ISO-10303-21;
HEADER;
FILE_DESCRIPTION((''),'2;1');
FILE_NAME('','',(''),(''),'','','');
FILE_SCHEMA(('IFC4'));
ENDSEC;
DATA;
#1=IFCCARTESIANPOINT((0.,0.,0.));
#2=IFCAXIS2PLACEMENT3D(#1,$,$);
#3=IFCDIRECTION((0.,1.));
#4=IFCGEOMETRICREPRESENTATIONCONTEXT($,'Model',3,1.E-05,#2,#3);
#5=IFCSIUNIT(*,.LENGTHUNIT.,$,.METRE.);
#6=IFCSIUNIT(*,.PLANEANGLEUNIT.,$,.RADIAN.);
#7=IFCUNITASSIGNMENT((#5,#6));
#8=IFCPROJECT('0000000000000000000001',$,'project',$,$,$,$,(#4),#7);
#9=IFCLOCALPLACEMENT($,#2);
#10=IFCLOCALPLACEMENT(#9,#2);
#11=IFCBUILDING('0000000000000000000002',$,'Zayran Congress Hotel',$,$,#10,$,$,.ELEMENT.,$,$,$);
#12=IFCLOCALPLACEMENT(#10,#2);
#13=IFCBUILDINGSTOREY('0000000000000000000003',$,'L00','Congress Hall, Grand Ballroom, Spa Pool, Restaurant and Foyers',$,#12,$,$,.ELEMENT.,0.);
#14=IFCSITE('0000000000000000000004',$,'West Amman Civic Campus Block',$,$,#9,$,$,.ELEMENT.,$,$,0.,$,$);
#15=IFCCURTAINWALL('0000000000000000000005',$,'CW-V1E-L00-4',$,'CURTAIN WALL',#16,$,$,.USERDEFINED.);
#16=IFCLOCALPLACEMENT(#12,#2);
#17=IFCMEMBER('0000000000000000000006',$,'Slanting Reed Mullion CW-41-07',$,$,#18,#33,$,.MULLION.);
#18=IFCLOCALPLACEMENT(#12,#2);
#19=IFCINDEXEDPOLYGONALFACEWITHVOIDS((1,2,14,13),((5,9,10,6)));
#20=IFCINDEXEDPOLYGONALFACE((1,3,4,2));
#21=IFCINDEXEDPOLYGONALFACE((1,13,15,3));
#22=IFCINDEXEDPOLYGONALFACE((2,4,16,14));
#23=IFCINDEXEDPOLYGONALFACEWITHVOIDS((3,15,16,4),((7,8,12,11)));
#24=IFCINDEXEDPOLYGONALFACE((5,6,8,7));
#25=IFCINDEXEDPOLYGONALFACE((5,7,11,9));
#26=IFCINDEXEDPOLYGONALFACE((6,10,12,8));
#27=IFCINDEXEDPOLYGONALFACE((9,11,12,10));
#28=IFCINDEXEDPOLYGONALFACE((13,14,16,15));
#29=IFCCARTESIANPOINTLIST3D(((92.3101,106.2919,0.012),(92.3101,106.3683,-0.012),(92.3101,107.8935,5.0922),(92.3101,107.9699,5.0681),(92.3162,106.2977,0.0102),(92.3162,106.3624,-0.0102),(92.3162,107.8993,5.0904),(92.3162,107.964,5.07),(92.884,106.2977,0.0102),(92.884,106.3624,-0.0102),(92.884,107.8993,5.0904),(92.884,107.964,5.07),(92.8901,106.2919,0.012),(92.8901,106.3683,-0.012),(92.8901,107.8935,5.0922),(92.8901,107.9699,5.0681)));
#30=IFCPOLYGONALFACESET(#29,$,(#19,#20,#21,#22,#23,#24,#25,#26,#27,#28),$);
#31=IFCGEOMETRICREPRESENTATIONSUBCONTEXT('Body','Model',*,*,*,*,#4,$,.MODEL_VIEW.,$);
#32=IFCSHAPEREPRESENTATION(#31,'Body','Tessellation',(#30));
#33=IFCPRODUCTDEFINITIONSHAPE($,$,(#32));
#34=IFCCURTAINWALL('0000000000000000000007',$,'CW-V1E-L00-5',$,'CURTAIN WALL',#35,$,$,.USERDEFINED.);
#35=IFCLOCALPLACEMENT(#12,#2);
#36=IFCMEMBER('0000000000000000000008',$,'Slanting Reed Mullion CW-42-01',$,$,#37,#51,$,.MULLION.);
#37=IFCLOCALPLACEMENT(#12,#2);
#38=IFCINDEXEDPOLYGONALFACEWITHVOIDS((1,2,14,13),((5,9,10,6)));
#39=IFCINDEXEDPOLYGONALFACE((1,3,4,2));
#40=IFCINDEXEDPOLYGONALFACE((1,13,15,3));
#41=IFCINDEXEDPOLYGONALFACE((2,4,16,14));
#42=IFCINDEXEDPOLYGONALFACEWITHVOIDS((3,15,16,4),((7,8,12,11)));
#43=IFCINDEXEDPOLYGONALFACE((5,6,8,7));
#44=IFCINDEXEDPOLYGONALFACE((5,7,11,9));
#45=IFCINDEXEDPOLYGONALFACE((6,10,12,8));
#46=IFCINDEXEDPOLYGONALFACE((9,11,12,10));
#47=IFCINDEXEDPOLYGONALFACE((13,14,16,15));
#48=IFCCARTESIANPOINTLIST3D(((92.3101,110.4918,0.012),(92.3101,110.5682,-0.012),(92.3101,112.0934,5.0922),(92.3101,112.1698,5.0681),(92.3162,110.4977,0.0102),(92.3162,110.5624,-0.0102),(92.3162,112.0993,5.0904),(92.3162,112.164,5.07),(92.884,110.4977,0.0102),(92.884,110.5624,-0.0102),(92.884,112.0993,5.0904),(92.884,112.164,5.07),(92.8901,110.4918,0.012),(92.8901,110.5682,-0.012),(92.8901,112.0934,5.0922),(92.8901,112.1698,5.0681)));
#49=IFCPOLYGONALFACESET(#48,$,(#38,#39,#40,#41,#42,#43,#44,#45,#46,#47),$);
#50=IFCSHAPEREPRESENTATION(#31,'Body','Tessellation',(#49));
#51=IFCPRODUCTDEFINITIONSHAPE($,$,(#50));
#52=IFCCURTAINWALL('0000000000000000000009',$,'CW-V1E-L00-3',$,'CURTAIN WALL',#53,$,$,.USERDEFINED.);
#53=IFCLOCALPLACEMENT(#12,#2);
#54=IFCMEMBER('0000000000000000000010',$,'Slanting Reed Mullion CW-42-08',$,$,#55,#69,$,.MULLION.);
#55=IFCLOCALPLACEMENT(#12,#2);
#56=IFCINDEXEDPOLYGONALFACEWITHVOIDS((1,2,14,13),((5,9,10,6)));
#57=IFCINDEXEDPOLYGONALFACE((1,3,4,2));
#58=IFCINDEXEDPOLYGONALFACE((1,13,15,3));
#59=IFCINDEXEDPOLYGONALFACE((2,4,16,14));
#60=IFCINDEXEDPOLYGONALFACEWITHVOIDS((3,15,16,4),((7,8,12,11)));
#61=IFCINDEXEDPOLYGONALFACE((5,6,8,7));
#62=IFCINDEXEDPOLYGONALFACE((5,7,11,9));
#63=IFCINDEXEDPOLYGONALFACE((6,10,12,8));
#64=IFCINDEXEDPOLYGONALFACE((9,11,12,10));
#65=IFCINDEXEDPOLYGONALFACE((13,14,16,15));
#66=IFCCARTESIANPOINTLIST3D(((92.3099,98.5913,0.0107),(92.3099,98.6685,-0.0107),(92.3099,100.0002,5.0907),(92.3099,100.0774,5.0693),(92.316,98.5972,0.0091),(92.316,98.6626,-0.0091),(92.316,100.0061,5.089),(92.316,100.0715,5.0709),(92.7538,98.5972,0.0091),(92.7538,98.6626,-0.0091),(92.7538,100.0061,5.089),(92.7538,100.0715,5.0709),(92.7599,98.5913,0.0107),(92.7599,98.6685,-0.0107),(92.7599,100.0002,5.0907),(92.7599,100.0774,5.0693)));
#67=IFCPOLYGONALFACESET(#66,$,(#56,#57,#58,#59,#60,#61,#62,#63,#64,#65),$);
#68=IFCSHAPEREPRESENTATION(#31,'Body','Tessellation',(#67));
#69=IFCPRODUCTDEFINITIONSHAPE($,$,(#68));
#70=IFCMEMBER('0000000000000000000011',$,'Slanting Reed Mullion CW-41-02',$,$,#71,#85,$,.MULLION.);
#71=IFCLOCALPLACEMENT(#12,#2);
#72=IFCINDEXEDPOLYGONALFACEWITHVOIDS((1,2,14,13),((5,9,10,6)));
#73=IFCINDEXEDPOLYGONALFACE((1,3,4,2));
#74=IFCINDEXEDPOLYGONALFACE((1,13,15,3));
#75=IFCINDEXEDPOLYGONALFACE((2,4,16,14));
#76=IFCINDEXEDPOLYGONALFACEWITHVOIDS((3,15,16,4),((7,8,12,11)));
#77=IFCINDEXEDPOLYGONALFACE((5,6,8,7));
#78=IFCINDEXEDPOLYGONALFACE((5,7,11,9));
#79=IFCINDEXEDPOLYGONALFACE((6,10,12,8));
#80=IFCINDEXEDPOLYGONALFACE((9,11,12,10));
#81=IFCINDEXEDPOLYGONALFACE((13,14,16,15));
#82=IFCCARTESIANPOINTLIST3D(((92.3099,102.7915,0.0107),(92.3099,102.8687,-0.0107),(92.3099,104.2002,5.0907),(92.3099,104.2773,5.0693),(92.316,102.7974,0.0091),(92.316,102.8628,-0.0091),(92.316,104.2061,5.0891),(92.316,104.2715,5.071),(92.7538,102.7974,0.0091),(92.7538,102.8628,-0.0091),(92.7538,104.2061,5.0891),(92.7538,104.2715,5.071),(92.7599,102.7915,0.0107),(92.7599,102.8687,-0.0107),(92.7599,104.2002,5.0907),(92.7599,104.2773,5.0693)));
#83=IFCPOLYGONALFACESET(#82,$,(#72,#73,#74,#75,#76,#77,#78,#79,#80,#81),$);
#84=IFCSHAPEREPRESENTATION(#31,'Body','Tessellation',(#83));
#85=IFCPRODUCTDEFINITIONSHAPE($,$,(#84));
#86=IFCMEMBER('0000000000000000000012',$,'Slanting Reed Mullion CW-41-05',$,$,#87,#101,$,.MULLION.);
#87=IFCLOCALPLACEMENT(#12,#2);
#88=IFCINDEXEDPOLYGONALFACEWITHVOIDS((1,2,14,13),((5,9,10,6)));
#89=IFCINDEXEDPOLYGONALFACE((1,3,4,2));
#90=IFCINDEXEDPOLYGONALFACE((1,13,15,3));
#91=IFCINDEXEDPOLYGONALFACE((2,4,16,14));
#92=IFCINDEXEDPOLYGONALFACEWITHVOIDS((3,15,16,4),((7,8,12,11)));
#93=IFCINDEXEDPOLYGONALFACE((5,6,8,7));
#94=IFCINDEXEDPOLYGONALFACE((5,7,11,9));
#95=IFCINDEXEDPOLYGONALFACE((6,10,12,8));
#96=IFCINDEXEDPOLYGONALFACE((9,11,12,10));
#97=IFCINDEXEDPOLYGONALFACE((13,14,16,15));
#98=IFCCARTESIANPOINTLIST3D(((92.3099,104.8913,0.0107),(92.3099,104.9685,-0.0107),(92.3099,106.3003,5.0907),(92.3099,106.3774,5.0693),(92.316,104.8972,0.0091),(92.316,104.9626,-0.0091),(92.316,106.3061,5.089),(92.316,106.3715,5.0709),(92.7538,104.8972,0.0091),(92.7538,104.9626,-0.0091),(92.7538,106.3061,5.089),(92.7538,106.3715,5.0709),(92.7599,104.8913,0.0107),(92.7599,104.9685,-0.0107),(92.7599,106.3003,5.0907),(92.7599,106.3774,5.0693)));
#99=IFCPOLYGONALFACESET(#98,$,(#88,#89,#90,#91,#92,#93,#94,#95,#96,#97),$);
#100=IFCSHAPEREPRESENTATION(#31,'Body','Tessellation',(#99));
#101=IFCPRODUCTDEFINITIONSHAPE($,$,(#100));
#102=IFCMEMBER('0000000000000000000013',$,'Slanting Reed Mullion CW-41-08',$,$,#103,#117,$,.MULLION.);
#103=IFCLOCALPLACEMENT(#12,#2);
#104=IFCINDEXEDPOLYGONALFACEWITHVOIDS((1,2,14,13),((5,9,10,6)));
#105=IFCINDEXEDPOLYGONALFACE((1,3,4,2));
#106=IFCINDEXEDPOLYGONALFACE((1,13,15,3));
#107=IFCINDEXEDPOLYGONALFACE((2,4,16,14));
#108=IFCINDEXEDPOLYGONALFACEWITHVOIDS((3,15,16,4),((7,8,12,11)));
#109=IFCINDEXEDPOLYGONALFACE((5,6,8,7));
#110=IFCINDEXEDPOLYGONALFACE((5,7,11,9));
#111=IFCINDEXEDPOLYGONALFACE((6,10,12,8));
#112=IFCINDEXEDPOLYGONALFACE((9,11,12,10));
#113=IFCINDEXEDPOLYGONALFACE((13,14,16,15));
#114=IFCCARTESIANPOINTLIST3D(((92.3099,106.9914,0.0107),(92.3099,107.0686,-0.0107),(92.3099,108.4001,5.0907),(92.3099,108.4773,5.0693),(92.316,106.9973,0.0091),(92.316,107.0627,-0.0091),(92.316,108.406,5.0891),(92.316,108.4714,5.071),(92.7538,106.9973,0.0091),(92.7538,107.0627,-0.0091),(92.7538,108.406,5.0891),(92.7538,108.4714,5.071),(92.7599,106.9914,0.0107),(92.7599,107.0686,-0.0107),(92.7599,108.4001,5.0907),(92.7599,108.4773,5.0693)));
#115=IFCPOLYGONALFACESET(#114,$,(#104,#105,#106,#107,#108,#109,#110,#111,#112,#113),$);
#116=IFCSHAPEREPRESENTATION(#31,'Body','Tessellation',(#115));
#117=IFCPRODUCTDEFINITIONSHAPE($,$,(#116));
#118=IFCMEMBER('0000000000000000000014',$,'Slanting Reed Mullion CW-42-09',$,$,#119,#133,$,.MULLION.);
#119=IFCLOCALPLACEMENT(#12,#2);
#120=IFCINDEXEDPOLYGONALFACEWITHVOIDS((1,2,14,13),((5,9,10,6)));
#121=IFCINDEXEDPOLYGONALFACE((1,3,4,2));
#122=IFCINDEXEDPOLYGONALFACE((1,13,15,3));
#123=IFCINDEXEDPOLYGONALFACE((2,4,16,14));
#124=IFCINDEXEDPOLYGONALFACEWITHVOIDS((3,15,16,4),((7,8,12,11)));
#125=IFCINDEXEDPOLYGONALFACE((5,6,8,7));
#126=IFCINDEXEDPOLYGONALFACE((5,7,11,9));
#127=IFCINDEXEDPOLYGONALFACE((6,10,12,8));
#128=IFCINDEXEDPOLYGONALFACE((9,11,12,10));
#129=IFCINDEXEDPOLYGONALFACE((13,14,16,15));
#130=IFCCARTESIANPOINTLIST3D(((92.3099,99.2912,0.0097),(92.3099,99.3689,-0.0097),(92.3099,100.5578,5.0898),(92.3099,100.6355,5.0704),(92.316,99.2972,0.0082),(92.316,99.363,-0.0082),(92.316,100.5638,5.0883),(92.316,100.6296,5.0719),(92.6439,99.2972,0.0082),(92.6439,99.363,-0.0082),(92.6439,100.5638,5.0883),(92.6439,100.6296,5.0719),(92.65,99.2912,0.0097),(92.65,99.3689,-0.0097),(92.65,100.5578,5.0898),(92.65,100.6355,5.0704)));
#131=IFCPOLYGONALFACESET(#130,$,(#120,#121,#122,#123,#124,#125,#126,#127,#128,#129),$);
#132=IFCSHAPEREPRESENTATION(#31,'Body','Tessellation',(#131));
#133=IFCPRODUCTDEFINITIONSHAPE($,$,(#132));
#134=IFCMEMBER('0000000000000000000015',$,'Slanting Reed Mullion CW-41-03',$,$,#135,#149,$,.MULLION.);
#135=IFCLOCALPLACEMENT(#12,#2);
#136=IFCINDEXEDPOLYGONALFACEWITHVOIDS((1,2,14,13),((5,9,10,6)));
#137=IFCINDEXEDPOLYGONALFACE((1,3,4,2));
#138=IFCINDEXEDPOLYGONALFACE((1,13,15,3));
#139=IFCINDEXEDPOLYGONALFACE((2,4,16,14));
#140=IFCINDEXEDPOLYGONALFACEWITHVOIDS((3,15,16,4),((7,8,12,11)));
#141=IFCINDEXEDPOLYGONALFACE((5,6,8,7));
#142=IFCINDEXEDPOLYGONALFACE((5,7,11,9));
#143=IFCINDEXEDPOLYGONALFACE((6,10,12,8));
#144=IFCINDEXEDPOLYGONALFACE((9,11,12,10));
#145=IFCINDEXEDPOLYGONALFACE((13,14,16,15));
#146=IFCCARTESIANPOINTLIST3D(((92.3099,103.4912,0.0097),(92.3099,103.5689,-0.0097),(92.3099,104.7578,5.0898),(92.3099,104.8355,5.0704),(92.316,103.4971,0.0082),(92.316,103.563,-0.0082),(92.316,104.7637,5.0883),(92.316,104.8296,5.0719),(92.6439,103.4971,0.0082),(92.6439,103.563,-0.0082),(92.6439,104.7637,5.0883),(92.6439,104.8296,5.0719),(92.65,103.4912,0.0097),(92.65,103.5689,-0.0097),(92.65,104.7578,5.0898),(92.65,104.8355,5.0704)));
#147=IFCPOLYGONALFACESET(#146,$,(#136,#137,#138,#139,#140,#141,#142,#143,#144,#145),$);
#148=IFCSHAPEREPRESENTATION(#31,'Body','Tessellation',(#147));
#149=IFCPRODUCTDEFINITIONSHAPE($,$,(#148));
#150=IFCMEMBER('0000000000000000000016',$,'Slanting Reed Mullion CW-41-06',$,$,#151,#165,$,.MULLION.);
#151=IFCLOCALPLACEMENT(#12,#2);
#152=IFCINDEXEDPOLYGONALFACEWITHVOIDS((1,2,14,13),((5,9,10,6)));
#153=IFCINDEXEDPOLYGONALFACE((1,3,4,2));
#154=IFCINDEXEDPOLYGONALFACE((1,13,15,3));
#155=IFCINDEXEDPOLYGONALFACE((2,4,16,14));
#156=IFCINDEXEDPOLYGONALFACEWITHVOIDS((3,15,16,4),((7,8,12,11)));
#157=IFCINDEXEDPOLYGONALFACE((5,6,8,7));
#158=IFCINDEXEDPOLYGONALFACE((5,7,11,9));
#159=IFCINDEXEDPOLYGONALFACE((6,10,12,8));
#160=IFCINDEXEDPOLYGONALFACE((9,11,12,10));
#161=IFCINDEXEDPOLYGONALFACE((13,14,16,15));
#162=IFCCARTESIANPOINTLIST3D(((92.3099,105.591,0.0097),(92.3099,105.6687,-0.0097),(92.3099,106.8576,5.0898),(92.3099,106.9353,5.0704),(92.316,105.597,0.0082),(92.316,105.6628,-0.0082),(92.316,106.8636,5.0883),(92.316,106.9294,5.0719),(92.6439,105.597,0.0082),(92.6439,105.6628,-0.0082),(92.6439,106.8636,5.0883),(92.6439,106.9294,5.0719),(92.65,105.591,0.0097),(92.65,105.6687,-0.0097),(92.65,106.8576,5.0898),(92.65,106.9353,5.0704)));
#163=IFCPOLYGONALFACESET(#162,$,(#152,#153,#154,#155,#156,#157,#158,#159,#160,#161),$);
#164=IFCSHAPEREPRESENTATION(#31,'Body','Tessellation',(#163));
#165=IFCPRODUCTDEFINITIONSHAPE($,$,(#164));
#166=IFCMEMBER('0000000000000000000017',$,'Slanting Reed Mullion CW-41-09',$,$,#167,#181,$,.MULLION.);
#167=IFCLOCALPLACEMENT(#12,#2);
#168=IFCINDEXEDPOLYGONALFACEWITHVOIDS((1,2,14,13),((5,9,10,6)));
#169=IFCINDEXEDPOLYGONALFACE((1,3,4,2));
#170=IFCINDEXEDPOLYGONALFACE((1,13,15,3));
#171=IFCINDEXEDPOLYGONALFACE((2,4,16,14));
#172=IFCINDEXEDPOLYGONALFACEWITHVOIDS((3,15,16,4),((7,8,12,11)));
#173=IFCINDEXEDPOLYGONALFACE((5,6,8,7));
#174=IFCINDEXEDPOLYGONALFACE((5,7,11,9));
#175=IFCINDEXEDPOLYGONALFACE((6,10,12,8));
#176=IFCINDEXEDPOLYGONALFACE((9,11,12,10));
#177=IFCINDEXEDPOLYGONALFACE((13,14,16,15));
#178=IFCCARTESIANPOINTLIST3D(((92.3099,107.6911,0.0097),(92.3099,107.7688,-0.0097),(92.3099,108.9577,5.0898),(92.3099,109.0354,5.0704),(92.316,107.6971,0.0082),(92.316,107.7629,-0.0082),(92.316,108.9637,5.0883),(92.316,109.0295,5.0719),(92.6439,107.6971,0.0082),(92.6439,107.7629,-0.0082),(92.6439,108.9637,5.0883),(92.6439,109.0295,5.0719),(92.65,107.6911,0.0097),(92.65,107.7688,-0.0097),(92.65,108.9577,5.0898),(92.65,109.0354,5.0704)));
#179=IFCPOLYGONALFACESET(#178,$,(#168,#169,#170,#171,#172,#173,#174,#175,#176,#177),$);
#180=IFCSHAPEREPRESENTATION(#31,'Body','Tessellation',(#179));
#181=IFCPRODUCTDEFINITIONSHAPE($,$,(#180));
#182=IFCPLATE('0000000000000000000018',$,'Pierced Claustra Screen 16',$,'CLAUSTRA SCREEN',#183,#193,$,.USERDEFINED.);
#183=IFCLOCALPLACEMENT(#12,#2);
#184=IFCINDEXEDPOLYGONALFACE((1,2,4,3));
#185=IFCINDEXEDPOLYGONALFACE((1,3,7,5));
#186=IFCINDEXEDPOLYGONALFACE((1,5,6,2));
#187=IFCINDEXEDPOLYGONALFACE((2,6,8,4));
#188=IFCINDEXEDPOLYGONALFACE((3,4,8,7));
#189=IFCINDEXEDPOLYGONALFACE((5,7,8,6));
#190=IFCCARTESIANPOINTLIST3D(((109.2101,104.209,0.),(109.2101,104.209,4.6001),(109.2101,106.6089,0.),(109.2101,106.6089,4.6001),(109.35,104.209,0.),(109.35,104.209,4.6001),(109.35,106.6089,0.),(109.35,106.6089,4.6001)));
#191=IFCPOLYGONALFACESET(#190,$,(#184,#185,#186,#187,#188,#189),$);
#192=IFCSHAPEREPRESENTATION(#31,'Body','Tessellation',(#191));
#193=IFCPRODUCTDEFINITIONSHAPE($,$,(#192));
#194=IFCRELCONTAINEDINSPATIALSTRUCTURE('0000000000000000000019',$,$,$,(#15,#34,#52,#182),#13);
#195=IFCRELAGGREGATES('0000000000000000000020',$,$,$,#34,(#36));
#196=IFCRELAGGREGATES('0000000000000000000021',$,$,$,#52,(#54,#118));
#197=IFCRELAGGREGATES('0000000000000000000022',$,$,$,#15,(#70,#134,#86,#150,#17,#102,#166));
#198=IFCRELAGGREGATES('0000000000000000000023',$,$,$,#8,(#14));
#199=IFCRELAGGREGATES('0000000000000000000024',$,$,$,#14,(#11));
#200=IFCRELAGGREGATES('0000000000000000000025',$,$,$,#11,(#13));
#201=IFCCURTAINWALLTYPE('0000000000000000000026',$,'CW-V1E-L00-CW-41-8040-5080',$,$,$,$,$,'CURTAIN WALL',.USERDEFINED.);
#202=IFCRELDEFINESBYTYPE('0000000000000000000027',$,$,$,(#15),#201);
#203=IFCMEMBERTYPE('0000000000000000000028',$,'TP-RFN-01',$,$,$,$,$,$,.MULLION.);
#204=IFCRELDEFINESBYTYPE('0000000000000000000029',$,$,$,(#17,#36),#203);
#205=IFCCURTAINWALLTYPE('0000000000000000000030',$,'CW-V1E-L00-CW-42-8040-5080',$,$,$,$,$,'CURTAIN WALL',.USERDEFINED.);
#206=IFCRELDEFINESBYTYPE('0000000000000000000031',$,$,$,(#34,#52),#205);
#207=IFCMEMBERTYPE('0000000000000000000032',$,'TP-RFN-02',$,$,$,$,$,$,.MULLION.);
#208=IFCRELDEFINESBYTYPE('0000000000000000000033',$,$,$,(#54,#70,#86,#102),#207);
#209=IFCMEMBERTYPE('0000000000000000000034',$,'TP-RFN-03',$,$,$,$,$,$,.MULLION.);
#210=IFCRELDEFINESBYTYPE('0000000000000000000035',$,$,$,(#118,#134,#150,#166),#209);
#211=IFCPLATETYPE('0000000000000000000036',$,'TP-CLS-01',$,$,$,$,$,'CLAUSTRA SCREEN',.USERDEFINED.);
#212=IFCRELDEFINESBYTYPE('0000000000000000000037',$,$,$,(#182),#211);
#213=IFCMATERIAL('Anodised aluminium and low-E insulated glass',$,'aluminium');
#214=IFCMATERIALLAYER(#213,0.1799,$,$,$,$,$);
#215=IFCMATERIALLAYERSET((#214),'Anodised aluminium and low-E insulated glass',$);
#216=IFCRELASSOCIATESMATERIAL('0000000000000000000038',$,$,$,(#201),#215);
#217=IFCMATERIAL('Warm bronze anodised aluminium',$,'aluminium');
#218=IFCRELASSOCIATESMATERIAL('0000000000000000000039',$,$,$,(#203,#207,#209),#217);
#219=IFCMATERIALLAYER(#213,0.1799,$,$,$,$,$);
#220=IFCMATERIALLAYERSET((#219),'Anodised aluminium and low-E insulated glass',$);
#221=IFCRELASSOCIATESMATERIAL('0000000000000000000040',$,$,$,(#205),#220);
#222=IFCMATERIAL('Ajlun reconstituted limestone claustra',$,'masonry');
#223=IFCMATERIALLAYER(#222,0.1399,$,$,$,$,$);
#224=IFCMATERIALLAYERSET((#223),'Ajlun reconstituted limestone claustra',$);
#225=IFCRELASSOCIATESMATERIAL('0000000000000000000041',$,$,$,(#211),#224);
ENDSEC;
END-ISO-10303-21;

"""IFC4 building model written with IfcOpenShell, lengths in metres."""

from ifc_helpers import new_model, si_unit, direction, frame, origin, origin_2d, place, context, subcontext, project, spatial, rectangle, hollow_rectangle, extrude, material, layer, layer_set, material_profile, profile_set, type_object, element, aggregate, save


model = new_model("IFC4")

# Units and contexts
model_context = context("Model", 3, precision=1e-05, world=origin(), true_north=direction((0.0, 1.0)))
body_context = subcontext(model_context, "Body", "Model", "MODEL_VIEW")
ifc_project = project(units=[si_unit("LENGTHUNIT", "METRE"), si_unit("PLANEANGLEUNIT", "RADIAN")], contexts=[model_context])

# Site, building, storey
site_placement = place(None, origin())
site = spatial("IfcSite", under=ifc_project, at=site_placement, Name="West Amman Civic Campus Block", CompositionType="ELEMENT", RefElevation=0.0)
building_placement = place(site_placement, origin())
building = spatial("IfcBuilding", under=site, at=building_placement, Name="Zayran Congress Hotel", CompositionType="ELEMENT")
storey_placement = place(building_placement, origin())
storey = spatial("IfcBuildingStorey", under=building, at=storey_placement, Name="L00", Description="Congress Hall, Grand Ballroom, Spa Pool, Restaurant and Foyers", CompositionType="ELEMENT", Elevation=0.0)

# Curtain wall, member
ifc_material_1 = material(Name="Anodised aluminium and low-E insulated glass", Category="aluminium")
ifc_layer_1 = layer(ifc_material_1, 0.1799)
ifc_layer_set_1 = layer_set([ifc_layer_1], Name="Anodised aluminium and low-E insulated glass")
curtain_wall_type_1 = type_object("IfcCurtainWallType", Name="CW-V1E-L00-CW-41-8040-5080", ElementType="CURTAIN WALL", PredefinedType="USERDEFINED", material=ifc_layer_set_1)
curtain_wall_1_placement = place(storey_placement, origin())
curtain_wall_1 = element("IfcCurtainWall", 1, at=curtain_wall_1_placement, inside=storey, type_object=curtain_wall_type_1, Name="CW-V1E-L00-4", ObjectType="CURTAIN WALL", PredefinedType="USERDEFINED")
ifc_material_2 = material(Name="Warm bronze anodised aluminium", Category="aluminium")
ifc_material_profile_1 = material_profile(ifc_material_2, hollow_rectangle(XDim=0.0801, YDim=0.5801, WallThickness=0.0061, at=origin_2d()), Name="RHS 580x80x6")
ifc_profile_set_1 = profile_set([ifc_material_profile_1], Name="Warm bronze anodised aluminium")
member_type_1 = type_object("IfcMemberType", Name="TP-RFN-01", PredefinedType="MULLION", material=ifc_profile_set_1)
member_1_placement = place(storey_placement, frame((92.6001, 106.3301, 0.0), z_axis=(0.0, 0.300675, 0.953727), x_axis=(0.0, -0.953727, 0.300675)))
member_1 = element("IfcMember", 2, at=member_1_placement, type_object=member_type_1, Name="Slanting Reed Mullion CW-41-07", PredefinedType="MULLION", context=body_context, shape_type="SweptSolid", body=[
    extrude(hollow_rectangle(XDim=0.0801, YDim=0.5801, WallThickness=0.0061, at=origin_2d()), origin(), (0.0, 0.0, 1.0), 5.3267),
])

# Curtain walls, members
ifc_layer_2 = layer(ifc_material_1, 0.1799)
ifc_layer_set_2 = layer_set([ifc_layer_2], Name="Anodised aluminium and low-E insulated glass")
curtain_wall_type_2 = type_object("IfcCurtainWallType", Name="CW-V1E-L00-CW-42-8040-5080", ElementType="CURTAIN WALL", PredefinedType="USERDEFINED", material=ifc_layer_set_2)
curtain_wall_2_placement = place(storey_placement, origin())
curtain_wall_2 = element("IfcCurtainWall", 3, at=curtain_wall_2_placement, inside=storey, type_object=curtain_wall_type_2, Name="CW-V1E-L00-5", ObjectType="CURTAIN WALL", PredefinedType="USERDEFINED")
member_2_placement = place(storey_placement, frame((92.6001, 110.53, 0.0), z_axis=(0.0, 0.300675, 0.953727), x_axis=(0.0, -0.953727, 0.300675)))
member_2 = element("IfcMember", 4, at=member_2_placement, type_object=member_type_1, Name="Slanting Reed Mullion CW-42-01", PredefinedType="MULLION", context=body_context, shape_type="SweptSolid", body=[
    extrude(hollow_rectangle(XDim=0.0801, YDim=0.5801, WallThickness=0.0061, at=origin_2d()), origin(), (0.0, 0.0, 1.0), 5.3267),
])
aggregate(curtain_wall_2, [member_2])
curtain_wall_3_placement = place(storey_placement, origin())
curtain_wall_3 = element("IfcCurtainWall", 5, at=curtain_wall_3_placement, inside=storey, type_object=curtain_wall_type_2, Name="CW-V1E-L00-3", ObjectType="CURTAIN WALL", PredefinedType="USERDEFINED")
ifc_material_profile_2 = material_profile(ifc_material_2, hollow_rectangle(XDim=0.0801, YDim=0.45, WallThickness=0.0061, at=origin_2d()), Name="RHS 450x80x6")
ifc_profile_set_2 = profile_set([ifc_material_profile_2], Name="Warm bronze anodised aluminium")
member_type_2 = type_object("IfcMemberType", Name="TP-RFN-02", PredefinedType="MULLION", material=ifc_profile_set_2)
member_3_placement = place(storey_placement, frame((92.5349, 98.6299, 0.0), z_axis=(0.0, 0.267257, 0.963625), x_axis=(0.0, -0.963625, 0.267257)))
member_3 = element("IfcMember", 6, at=member_3_placement, type_object=member_type_2, Name="Slanting Reed Mullion CW-42-08", PredefinedType="MULLION", context=body_context, shape_type="SweptSolid", body=[
    extrude(hollow_rectangle(XDim=0.0801, YDim=0.45, WallThickness=0.0061, at=origin_2d()), origin(), (0.0, 0.0, 1.0), 5.2717),
])

# Members
member_4_placement = place(storey_placement, frame((92.5349, 102.8301, 0.0), z_axis=(0.0, 0.267214, 0.963637), x_axis=(0.0, -0.963637, 0.267214)))
member_4 = element("IfcMember", 7, at=member_4_placement, type_object=member_type_2, Name="Slanting Reed Mullion CW-41-02", PredefinedType="MULLION", context=body_context, shape_type="SweptSolid", body=[
    extrude(hollow_rectangle(XDim=0.0801, YDim=0.45, WallThickness=0.0061, at=origin_2d()), origin(), (0.0, 0.0, 1.0), 5.2717),
])
member_5_placement = place(storey_placement, frame((92.5349, 104.9299, 0.0), z_axis=(0.0, 0.267257, 0.963625), x_axis=(0.0, -0.963625, 0.267257)))
member_5 = element("IfcMember", 8, at=member_5_placement, type_object=member_type_2, Name="Slanting Reed Mullion CW-41-05", PredefinedType="MULLION", context=body_context, shape_type="SweptSolid", body=[
    extrude(hollow_rectangle(XDim=0.0801, YDim=0.45, WallThickness=0.0061, at=origin_2d()), origin(), (0.0, 0.0, 1.0), 5.2717),
])
member_6_placement = place(storey_placement, frame((92.5349, 107.03, 0.0), z_axis=(0.0, 0.267214, 0.963637), x_axis=(0.0, -0.963637, 0.267214)))
member_6 = element("IfcMember", 9, at=member_6_placement, type_object=member_type_2, Name="Slanting Reed Mullion CW-41-08", PredefinedType="MULLION", context=body_context, shape_type="SweptSolid", body=[
    extrude(hollow_rectangle(XDim=0.0801, YDim=0.45, WallThickness=0.0061, at=origin_2d()), origin(), (0.0, 0.0, 1.0), 5.2717),
])
ifc_material_profile_3 = material_profile(ifc_material_2, hollow_rectangle(XDim=0.0801, YDim=0.3401, WallThickness=0.0061, at=origin_2d()), Name="RHS 340x80x6")
ifc_profile_set_3 = profile_set([ifc_material_profile_3], Name="Warm bronze anodised aluminium")
member_type_3 = type_object("IfcMemberType", Name="TP-RFN-03", PredefinedType="MULLION", material=ifc_profile_set_3)
member_7_placement = place(storey_placement, frame((92.48, 99.3301, 0.0), z_axis=(0.0, 0.241921, 0.970296), x_axis=(0.0, -0.970296, 0.241921)))
member_7 = element("IfcMember", 10, at=member_7_placement, type_object=member_type_3, Name="Slanting Reed Mullion CW-42-09", PredefinedType="MULLION", context=body_context, shape_type="SweptSolid", body=[
    extrude(hollow_rectangle(XDim=0.0801, YDim=0.3401, WallThickness=0.0061, at=origin_2d()), origin(), (0.0, 0.0, 1.0), 5.2356),
])
aggregate(curtain_wall_3, [member_3, member_7])
member_8_placement = place(storey_placement, frame((92.48, 103.53, 0.0), z_axis=(0.0, 0.241921, 0.970296), x_axis=(0.0, -0.970296, 0.241921)))
member_8 = element("IfcMember", 11, at=member_8_placement, type_object=member_type_3, Name="Slanting Reed Mullion CW-41-03", PredefinedType="MULLION", context=body_context, shape_type="SweptSolid", body=[
    extrude(hollow_rectangle(XDim=0.0801, YDim=0.3401, WallThickness=0.0061, at=origin_2d()), origin(), (0.0, 0.0, 1.0), 5.2356),
])
member_9_placement = place(storey_placement, frame((92.48, 105.6299, 0.0), z_axis=(0.0, 0.241921, 0.970296), x_axis=(0.0, -0.970296, 0.241921)))
member_9 = element("IfcMember", 12, at=member_9_placement, type_object=member_type_3, Name="Slanting Reed Mullion CW-41-06", PredefinedType="MULLION", context=body_context, shape_type="SweptSolid", body=[
    extrude(hollow_rectangle(XDim=0.0801, YDim=0.3401, WallThickness=0.0061, at=origin_2d()), origin(), (0.0, 0.0, 1.0), 5.2356),
])
member_10_placement = place(storey_placement, frame((92.48, 107.73, 0.0), z_axis=(0.0, 0.241921, 0.970296), x_axis=(0.0, -0.970296, 0.241921)))
member_10 = element("IfcMember", 13, at=member_10_placement, type_object=member_type_3, Name="Slanting Reed Mullion CW-41-09", PredefinedType="MULLION", context=body_context, shape_type="SweptSolid", body=[
    extrude(hollow_rectangle(XDim=0.0801, YDim=0.3401, WallThickness=0.0061, at=origin_2d()), origin(), (0.0, 0.0, 1.0), 5.2356),
])
aggregate(curtain_wall_1, [member_4, member_8, member_5, member_9, member_1, member_6, member_10])

# Plate
ifc_material_3 = material(Name="Ajlun reconstituted limestone claustra", Category="masonry")
ifc_layer_3 = layer(ifc_material_3, 0.1399)
ifc_layer_set_3 = layer_set([ifc_layer_3], Name="Ajlun reconstituted limestone claustra")
plate_type_1 = type_object("IfcPlateType", Name="TP-CLS-01", ElementType="CLAUSTRA SCREEN", PredefinedType="USERDEFINED", material=ifc_layer_set_3)
plate_1_placement = place(storey_placement, frame((109.28, 105.4089, 0.0), z_axis=(0.0, 0.0, 1.0), x_axis=(0.0, 1.0, 0.0)))
element("IfcPlate", 14, at=plate_1_placement, inside=storey, type_object=plate_type_1, Name="Pierced Claustra Screen 16", ObjectType="CLAUSTRA SCREEN", PredefinedType="USERDEFINED", context=body_context, shape_type="SweptSolid", body=[
    extrude(rectangle(XDim=2.3999, YDim=0.1399, at=origin_2d()), origin(), (0.0, 0.0, 1.0), 4.6001),
])

save(model, "model.ifc")
